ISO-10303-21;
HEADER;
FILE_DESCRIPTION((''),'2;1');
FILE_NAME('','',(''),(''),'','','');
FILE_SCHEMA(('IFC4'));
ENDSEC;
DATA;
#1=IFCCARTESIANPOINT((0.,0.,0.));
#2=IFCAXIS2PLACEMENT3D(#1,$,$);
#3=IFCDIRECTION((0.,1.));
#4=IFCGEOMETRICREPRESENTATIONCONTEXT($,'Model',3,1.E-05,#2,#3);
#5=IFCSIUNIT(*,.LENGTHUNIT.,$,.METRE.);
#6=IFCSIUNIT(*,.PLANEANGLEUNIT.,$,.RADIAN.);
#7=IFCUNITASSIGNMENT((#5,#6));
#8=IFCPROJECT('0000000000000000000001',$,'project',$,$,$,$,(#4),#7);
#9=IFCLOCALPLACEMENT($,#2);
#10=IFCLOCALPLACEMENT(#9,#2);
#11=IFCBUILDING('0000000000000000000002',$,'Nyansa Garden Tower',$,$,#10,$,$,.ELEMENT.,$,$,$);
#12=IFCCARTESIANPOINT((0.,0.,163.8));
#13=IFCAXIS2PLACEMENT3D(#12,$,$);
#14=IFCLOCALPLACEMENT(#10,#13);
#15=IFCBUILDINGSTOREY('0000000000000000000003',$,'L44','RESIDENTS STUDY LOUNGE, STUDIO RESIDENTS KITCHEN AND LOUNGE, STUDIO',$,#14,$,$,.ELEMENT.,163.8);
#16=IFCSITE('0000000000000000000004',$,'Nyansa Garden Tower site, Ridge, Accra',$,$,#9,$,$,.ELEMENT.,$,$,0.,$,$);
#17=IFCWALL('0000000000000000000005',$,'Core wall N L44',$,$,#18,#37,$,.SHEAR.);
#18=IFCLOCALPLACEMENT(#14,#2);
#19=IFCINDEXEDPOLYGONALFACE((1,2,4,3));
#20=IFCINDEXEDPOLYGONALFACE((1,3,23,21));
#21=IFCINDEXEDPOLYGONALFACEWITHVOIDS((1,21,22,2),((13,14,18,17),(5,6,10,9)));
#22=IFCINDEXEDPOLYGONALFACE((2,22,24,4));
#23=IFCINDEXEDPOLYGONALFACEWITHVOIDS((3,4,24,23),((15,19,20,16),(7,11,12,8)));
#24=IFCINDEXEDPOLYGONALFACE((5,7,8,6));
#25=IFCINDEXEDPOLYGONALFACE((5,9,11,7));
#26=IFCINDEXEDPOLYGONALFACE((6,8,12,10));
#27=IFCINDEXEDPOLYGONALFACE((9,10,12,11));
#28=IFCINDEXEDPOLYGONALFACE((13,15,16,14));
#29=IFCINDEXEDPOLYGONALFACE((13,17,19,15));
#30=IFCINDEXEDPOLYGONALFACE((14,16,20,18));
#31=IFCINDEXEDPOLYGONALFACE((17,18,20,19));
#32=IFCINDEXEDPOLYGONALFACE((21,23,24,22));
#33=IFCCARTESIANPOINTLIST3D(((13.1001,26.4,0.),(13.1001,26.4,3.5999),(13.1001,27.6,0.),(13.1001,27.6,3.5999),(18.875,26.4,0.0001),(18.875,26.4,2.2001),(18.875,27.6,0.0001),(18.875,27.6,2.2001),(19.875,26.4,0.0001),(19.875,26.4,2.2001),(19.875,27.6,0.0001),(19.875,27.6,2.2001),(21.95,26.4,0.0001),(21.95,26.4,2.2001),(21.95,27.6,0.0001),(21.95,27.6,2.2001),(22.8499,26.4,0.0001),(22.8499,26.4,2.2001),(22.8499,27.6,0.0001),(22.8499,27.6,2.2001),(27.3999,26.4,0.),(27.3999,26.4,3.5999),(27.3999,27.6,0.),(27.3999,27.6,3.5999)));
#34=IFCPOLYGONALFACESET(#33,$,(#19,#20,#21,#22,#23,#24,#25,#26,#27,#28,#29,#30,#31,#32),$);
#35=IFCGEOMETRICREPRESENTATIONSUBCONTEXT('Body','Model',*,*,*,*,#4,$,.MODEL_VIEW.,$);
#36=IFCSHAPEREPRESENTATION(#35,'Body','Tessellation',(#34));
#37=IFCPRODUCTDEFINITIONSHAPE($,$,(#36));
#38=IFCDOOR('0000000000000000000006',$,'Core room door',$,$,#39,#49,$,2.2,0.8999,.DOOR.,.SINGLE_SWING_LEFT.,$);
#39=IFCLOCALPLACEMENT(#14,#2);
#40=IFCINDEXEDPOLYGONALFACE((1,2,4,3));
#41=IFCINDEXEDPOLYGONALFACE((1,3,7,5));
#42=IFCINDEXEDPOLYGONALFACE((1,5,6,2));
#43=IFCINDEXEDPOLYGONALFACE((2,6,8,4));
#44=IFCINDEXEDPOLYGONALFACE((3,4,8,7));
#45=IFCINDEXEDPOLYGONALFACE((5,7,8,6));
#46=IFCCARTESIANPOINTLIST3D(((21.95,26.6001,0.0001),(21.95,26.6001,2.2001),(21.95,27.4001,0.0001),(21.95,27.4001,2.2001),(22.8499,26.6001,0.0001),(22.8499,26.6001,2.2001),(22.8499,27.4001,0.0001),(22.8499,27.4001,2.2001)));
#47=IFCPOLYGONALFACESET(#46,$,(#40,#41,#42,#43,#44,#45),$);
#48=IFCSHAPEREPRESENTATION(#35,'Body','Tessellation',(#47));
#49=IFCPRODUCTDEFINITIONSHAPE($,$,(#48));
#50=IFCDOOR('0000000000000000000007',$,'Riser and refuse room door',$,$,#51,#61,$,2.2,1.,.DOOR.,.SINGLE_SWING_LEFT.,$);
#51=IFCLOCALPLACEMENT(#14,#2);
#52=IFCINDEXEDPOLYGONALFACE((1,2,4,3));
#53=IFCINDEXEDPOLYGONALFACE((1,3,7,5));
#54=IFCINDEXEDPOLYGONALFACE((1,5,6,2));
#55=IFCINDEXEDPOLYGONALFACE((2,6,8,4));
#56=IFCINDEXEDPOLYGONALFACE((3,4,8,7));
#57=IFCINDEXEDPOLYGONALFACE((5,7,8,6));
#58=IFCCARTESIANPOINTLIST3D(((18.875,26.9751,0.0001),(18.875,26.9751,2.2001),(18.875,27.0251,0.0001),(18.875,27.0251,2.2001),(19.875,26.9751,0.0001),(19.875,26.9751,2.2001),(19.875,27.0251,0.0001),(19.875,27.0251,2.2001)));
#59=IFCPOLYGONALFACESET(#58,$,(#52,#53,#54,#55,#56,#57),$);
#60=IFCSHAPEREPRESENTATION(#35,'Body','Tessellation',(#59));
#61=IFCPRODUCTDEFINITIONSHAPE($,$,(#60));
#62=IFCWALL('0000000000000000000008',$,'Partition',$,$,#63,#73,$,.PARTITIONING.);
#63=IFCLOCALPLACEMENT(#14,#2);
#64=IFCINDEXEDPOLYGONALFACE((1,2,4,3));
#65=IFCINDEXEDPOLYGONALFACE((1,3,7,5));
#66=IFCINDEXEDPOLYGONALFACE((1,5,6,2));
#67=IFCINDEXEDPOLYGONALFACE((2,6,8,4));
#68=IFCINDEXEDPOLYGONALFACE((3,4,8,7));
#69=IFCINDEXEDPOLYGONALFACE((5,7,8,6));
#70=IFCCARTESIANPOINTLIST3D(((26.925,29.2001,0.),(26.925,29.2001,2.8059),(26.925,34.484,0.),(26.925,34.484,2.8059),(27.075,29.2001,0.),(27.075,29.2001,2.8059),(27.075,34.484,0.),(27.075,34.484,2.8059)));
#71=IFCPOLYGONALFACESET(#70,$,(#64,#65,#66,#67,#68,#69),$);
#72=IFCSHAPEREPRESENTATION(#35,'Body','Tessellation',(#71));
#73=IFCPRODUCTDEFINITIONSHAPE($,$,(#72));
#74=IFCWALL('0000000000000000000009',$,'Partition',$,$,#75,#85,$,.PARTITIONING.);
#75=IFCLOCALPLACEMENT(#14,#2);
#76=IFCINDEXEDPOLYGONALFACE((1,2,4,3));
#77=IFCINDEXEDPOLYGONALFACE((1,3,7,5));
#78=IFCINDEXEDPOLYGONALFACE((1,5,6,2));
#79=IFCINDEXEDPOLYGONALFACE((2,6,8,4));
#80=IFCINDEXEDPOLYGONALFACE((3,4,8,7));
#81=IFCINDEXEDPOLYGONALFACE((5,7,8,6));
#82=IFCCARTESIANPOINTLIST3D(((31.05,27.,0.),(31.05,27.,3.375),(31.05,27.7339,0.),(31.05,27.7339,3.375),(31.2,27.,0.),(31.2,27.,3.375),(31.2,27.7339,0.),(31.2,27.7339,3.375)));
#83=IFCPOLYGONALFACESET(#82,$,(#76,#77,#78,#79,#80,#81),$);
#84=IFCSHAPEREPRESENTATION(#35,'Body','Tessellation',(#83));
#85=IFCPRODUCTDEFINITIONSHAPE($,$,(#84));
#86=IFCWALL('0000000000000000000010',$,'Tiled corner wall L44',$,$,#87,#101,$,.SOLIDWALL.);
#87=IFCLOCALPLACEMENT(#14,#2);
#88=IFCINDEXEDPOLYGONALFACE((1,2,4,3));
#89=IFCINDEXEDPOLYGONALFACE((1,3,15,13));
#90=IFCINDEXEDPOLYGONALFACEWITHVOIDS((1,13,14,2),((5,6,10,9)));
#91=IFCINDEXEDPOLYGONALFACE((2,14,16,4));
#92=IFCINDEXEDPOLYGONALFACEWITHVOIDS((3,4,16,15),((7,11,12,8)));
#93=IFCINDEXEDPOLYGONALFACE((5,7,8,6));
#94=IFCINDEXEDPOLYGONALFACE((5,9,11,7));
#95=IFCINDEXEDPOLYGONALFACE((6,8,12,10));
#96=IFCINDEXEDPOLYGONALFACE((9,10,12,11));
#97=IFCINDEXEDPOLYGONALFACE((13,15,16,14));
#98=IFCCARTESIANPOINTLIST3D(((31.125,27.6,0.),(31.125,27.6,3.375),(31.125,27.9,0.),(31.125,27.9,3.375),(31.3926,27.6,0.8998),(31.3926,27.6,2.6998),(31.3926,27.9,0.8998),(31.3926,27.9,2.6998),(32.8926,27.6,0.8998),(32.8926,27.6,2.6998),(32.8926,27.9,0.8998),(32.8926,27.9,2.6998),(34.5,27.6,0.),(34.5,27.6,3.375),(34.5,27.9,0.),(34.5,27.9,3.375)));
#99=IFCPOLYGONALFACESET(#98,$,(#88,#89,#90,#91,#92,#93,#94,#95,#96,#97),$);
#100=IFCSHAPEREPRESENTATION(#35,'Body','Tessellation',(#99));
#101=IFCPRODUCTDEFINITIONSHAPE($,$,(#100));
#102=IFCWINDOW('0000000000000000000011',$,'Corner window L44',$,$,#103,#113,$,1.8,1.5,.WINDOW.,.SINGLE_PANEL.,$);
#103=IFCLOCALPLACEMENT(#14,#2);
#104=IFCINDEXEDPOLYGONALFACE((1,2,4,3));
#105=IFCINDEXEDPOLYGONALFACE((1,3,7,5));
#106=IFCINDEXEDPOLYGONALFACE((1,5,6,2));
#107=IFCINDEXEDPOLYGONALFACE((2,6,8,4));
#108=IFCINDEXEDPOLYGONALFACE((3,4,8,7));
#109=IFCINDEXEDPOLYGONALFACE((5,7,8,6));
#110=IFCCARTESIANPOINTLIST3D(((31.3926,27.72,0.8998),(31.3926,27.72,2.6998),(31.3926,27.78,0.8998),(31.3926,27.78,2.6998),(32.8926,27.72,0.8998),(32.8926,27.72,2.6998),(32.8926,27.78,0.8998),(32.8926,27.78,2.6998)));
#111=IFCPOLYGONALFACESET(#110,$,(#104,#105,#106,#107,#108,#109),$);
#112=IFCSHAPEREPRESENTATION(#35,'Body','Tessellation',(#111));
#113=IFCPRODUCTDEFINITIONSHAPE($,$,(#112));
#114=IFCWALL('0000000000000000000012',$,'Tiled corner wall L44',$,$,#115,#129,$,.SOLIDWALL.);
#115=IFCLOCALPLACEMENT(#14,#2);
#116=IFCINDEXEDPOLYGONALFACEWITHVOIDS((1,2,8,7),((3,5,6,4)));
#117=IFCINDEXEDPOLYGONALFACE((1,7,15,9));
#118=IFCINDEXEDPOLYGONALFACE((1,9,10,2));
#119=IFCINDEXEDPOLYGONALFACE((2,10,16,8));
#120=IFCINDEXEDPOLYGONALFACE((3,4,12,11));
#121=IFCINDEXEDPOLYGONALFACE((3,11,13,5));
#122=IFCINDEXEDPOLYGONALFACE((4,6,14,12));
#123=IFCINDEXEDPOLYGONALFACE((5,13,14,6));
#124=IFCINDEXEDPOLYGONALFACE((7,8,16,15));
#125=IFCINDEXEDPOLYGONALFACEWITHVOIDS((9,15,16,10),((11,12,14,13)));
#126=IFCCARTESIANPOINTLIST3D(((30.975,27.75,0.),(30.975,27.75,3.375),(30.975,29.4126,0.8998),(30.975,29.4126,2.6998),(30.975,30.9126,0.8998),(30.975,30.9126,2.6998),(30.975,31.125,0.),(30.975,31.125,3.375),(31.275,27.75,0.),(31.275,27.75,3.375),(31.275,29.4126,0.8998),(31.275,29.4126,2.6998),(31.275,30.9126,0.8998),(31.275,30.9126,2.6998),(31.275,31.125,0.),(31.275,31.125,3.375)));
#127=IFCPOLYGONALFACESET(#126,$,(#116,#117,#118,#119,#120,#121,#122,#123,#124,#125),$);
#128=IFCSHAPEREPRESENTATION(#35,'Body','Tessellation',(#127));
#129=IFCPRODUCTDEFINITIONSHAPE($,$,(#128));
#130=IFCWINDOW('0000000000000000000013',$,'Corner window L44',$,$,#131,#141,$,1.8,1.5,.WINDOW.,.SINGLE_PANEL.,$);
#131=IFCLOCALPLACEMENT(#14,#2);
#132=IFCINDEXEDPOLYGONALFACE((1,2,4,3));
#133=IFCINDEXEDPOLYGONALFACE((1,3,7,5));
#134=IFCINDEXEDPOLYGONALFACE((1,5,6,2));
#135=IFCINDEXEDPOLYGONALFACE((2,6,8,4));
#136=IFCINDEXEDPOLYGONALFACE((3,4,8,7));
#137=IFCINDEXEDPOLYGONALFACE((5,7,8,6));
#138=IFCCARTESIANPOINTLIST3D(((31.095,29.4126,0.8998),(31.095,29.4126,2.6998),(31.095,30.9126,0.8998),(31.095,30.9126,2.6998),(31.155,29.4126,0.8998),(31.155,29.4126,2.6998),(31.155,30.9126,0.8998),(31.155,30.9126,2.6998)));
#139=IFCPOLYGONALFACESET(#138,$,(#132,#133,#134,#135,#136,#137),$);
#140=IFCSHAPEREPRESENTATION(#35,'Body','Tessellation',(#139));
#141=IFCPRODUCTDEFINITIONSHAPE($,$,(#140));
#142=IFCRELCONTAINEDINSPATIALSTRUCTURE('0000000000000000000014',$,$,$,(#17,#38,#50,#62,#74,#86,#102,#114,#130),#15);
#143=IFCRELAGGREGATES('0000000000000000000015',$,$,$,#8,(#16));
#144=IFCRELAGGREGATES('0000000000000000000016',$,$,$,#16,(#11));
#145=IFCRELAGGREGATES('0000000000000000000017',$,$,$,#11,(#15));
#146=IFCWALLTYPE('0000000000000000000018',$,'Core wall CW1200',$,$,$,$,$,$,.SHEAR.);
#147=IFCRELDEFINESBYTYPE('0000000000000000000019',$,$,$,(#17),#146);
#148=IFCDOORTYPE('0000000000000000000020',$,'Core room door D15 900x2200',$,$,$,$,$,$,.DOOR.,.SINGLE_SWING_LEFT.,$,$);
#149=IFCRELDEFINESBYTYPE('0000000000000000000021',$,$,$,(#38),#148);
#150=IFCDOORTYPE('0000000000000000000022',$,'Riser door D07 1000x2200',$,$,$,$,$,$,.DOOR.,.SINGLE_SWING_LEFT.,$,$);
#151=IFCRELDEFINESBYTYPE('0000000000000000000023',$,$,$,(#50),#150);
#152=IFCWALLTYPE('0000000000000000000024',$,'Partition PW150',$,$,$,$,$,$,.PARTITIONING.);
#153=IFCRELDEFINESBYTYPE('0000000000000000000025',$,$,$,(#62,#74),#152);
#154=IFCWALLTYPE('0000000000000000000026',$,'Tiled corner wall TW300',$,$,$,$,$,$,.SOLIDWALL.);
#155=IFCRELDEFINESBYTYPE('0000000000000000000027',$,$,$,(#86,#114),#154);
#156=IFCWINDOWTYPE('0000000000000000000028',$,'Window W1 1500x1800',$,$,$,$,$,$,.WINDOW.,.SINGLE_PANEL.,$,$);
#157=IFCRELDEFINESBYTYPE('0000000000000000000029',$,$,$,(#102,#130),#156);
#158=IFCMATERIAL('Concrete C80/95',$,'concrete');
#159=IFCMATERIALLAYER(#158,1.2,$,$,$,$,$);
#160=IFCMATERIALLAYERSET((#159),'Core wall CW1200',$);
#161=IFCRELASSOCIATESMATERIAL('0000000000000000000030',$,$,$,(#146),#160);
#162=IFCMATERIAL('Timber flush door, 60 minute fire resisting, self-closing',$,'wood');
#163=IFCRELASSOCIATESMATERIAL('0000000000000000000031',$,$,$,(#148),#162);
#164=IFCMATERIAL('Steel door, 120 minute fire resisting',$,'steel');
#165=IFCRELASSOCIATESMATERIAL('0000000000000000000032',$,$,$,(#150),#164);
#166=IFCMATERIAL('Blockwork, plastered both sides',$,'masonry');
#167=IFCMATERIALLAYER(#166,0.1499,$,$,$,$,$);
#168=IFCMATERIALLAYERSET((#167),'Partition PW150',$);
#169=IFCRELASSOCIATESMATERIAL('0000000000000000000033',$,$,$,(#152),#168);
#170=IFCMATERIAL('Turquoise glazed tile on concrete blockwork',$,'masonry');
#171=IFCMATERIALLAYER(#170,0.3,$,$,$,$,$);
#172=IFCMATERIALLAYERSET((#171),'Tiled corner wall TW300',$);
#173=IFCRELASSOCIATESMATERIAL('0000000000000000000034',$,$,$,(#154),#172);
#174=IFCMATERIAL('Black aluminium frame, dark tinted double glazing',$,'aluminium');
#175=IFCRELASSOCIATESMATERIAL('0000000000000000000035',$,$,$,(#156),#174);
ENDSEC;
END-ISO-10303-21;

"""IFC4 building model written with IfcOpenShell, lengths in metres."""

from ifc_helpers import new_model, si_unit, direction, frame, frame_2d, origin, place, context, subcontext, project, spatial, rectangle, extrude, material, layer, layer_set, type_object, element, fill, save


model = new_model("IFC4")

# Units and contexts
model_context = context("Model", 3, precision=1e-05, world=origin(), true_north=direction((0.0, 1.0)))
body_context = subcontext(model_context, "Body", "Model", "MODEL_VIEW")
ifc_project = project(units=[si_unit("LENGTHUNIT", "METRE"), si_unit("PLANEANGLEUNIT", "RADIAN")], contexts=[model_context])

# Site, building, storey
site_placement = place(None, origin())
site = spatial("IfcSite", under=ifc_project, at=site_placement, Name="Nyansa Garden Tower site, Ridge, Accra", CompositionType="ELEMENT", RefElevation=0.0)
building_placement = place(site_placement, origin())
building = spatial("IfcBuilding", under=site, at=building_placement, Name="Nyansa Garden Tower", CompositionType="ELEMENT")
storey_placement = place(building_placement, frame((0.0, 0.0, 163.8)))
storey = spatial("IfcBuildingStorey", under=building, at=storey_placement, Name="L44", Description="RESIDENTS STUDY LOUNGE, STUDIO RESIDENTS KITCHEN AND LOUNGE, STUDIO", CompositionType="ELEMENT", Elevation=163.8)

# Wall, openings, doors
ifc_material_1 = material(Name="Concrete C80/95", Category="concrete")
ifc_layer_1 = layer(ifc_material_1, 1.2)
ifc_layer_set_1 = layer_set([ifc_layer_1], Name="Core wall CW1200")
wall_type_1 = type_object("IfcWallType", Name="Core wall CW1200", PredefinedType="SHEAR", material=ifc_layer_set_1)
wall_1_placement = place(storey_placement, frame((27.3999, 27.0, 0.0), z_axis=(0.0, 0.0, 1.0), x_axis=(-1.0, 0.0, 0.0)))
wall_1 = element("IfcWall", 1, at=wall_1_placement, inside=storey, type_object=wall_type_1, Name="Core wall N L44", PredefinedType="SHEAR", context=body_context, shape_type="SweptSolid", body=[
    extrude(rectangle(XDim=14.2998, YDim=1.2, at=frame_2d((7.1499, 0.0))), origin(), (0.0, 0.0, 1.0), 3.5999),
])
opening_1_placement = place(wall_1_placement, frame((4.55, 0.0, 0.0)))
opening_1 = element("IfcOpeningElement", 2, at=opening_1_placement, cuts=wall_1, PredefinedType="OPENING", context=body_context, shape_type="SweptSolid", body=[
    extrude(rectangle(XDim=0.8999, YDim=2.2, at=frame_2d((0.45, 1.1001))), frame((0.0, 0.6099, 0.0), z_axis=(0.0, -1.0, 0.0), x_axis=(1.0, 0.0, 0.0)), (0.0, 0.0, 1.0), 1.22),
])
opening_2_placement = place(wall_1_placement, frame((7.5249, 0.0, 0.0)))
opening_2 = element("IfcOpeningElement", 3, at=opening_2_placement, cuts=wall_1, PredefinedType="OPENING", context=body_context, shape_type="SweptSolid", body=[
    extrude(rectangle(XDim=1.0, YDim=2.2, at=frame_2d((0.5, 1.1001))), frame((0.0, 0.6099, 0.0), z_axis=(0.0, -1.0, 0.0), x_axis=(1.0, 0.0, 0.0)), (0.0, 0.0, 1.0), 1.22),
])
ifc_material_2 = material(Name="Timber flush door, 60 minute fire resisting, self-closing", Category="wood")
door_type_1 = type_object("IfcDoorType", Name="Core room door D15 900x2200", OperationType="SINGLE_SWING_LEFT", PredefinedType="DOOR", material=ifc_material_2)
door_1_placement = place(opening_1_placement, origin())
door_1 = element("IfcDoor", 4, at=door_1_placement, inside=storey, type_object=door_type_1, Name="Core room door", OperationType="SINGLE_SWING_LEFT", OverallHeight=2.2, OverallWidth=0.8999, PredefinedType="DOOR", context=body_context, shape_type="SweptSolid", body=[
    extrude(rectangle(XDim=0.8999, YDim=2.2, at=frame_2d((0.45, 1.1001))), frame((0.0, 0.3999, 0.0), z_axis=(0.0, -1.0, 0.0), x_axis=(1.0, 0.0, 0.0)), (0.0, 0.0, 1.0), 0.8),
])
fill(opening_1, door_1)
ifc_material_3 = material(Name="Steel door, 120 minute fire resisting", Category="steel")
door_type_2 = type_object("IfcDoorType", Name="Riser door D07 1000x2200", OperationType="SINGLE_SWING_LEFT", PredefinedType="DOOR", material=ifc_material_3)
door_2_placement = place(opening_2_placement, origin())
door_2 = element("IfcDoor", 5, at=door_2_placement, inside=storey, type_object=door_type_2, Name="Riser and refuse room door", OperationType="SINGLE_SWING_LEFT", OverallHeight=2.2, OverallWidth=1.0, PredefinedType="DOOR", context=body_context, shape_type="SweptSolid", body=[
    extrude(rectangle(XDim=1.0, YDim=2.2, at=frame_2d((0.5, 1.1001))), frame((0.0, 0.0249, 0.0), z_axis=(0.0, -1.0, 0.0), x_axis=(1.0, 0.0, 0.0)), (0.0, 0.0, 1.0), 0.05),
])
fill(opening_2, door_2)

# Walls
ifc_material_4 = material(Name="Blockwork, plastered both sides", Category="masonry")
ifc_layer_2 = layer(ifc_material_4, 0.1499)
ifc_layer_set_2 = layer_set([ifc_layer_2], Name="Partition PW150")
wall_type_2 = type_object("IfcWallType", Name="Partition PW150", PredefinedType="PARTITIONING", material=ifc_layer_set_2)
wall_2_placement = place(storey_placement, frame((27.0, 29.2, 0.0), z_axis=(0.0, 0.0, 1.0), x_axis=(0.0, 1.0, 0.0)))
element("IfcWall", 6, at=wall_2_placement, inside=storey, type_object=wall_type_2, Name="Partition", PredefinedType="PARTITIONING", context=body_context, shape_type="SweptSolid", body=[
    extrude(rectangle(XDim=5.2839, YDim=0.1499, at=frame_2d((2.6421, 0.0))), origin(), (0.0, 0.0, 1.0), 2.8059),
])
wall_3_placement = place(storey_placement, frame((31.125, 27.0, 0.0), z_axis=(0.0, 0.0, 1.0), x_axis=(0.0, 1.0, 0.0)))
element("IfcWall", 7, at=wall_3_placement, inside=storey, type_object=wall_type_2, Name="Partition", PredefinedType="PARTITIONING", context=body_context, shape_type="SweptSolid", body=[
    extrude(rectangle(XDim=0.7339, YDim=0.1499, at=frame_2d((0.3669, 0.0))), origin(), (0.0, 0.0, 1.0), 3.375),
])

# Walls, openings, windows
ifc_material_5 = material(Name="Turquoise glazed tile on concrete blockwork", Category="masonry")
ifc_layer_3 = layer(ifc_material_5, 0.3)
ifc_layer_set_3 = layer_set([ifc_layer_3], Name="Tiled corner wall TW300")
wall_type_3 = type_object("IfcWallType", Name="Tiled corner wall TW300", PredefinedType="SOLIDWALL", material=ifc_layer_set_3)
wall_4_placement = place(storey_placement, frame((34.5, 27.75, 0.0), z_axis=(0.0, 0.0, 1.0), x_axis=(-1.0, 0.0, 0.0)))
wall_4 = element("IfcWall", 8, at=wall_4_placement, inside=storey, type_object=wall_type_3, Name="Tiled corner wall L44", PredefinedType="SOLIDWALL", context=body_context, shape_type="SweptSolid", body=[
    extrude(rectangle(XDim=3.375, YDim=0.3, at=frame_2d((1.6875, 0.0))), origin(), (0.0, 0.0, 1.0), 3.375),
])
opening_3_placement = place(wall_4_placement, frame((1.6074, 0.0, 0.8999)))
opening_3 = element("IfcOpeningElement", 9, at=opening_3_placement, cuts=wall_4, PredefinedType="OPENING", context=body_context, shape_type="SweptSolid", body=[
    extrude(rectangle(XDim=1.5, YDim=1.8, at=frame_2d((0.75, 0.8999))), frame((0.0, 0.1599, 0.0), z_axis=(0.0, -1.0, 0.0), x_axis=(1.0, 0.0, 0.0)), (0.0, 0.0, 1.0), 0.3201),
])
ifc_material_6 = material(Name="Black aluminium frame, dark tinted double glazing", Category="aluminium")
window_type_1 = type_object("IfcWindowType", Name="Window W1 1500x1800", PartitioningType="SINGLE_PANEL", PredefinedType="WINDOW", material=ifc_material_6)
window_1_placement = place(opening_3_placement, origin())
window_1 = element("IfcWindow", 10, at=window_1_placement, inside=storey, type_object=window_type_1, Name="Corner window L44", OverallHeight=1.8, OverallWidth=1.5, PartitioningType="SINGLE_PANEL", PredefinedType="WINDOW", context=body_context, shape_type="SweptSolid", body=[
    extrude(rectangle(XDim=1.5, YDim=1.8, at=frame_2d((0.75, 0.8999))), frame((0.0, 0.03, 0.0), z_axis=(0.0, -1.0, 0.0), x_axis=(1.0, 0.0, 0.0)), (0.0, 0.0, 1.0), 0.0601),
])
fill(opening_3, window_1)
wall_5_placement = place(storey_placement, frame((31.125, 27.75, 0.0), z_axis=(0.0, 0.0, 1.0), x_axis=(0.0, 1.0, 0.0)))
wall_5 = element("IfcWall", 11, at=wall_5_placement, inside=storey, type_object=wall_type_3, Name="Tiled corner wall L44", PredefinedType="SOLIDWALL", context=body_context, shape_type="SweptSolid", body=[
    extrude(rectangle(XDim=3.375, YDim=0.3, at=frame_2d((1.6875, 0.0))), origin(), (0.0, 0.0, 1.0), 3.375),
])
opening_4_placement = place(wall_5_placement, frame((1.6626, 0.0, 0.8999)))
opening_4 = element("IfcOpeningElement", 12, at=opening_4_placement, cuts=wall_5, PredefinedType="OPENING", context=body_context, shape_type="SweptSolid", body=[
    extrude(rectangle(XDim=1.5, YDim=1.8, at=frame_2d((0.75, 0.8999))), frame((0.0, 0.1599, 0.0), z_axis=(0.0, -1.0, 0.0), x_axis=(1.0, 0.0, 0.0)), (0.0, 0.0, 1.0), 0.3201),
])
window_2_placement = place(opening_4_placement, origin())
window_2 = element("IfcWindow", 13, at=window_2_placement, inside=storey, type_object=window_type_1, Name="Corner window L44", OverallHeight=1.8, OverallWidth=1.5, PartitioningType="SINGLE_PANEL", PredefinedType="WINDOW", context=body_context, shape_type="SweptSolid", body=[
    extrude(rectangle(XDim=1.5, YDim=1.8, at=frame_2d((0.75, 0.8999))), frame((0.0, 0.03, 0.0), z_axis=(0.0, -1.0, 0.0), x_axis=(1.0, 0.0, 0.0)), (0.0, 0.0, 1.0), 0.0601),
])
fill(opening_4, window_2)

save(model, "model.ifc")
